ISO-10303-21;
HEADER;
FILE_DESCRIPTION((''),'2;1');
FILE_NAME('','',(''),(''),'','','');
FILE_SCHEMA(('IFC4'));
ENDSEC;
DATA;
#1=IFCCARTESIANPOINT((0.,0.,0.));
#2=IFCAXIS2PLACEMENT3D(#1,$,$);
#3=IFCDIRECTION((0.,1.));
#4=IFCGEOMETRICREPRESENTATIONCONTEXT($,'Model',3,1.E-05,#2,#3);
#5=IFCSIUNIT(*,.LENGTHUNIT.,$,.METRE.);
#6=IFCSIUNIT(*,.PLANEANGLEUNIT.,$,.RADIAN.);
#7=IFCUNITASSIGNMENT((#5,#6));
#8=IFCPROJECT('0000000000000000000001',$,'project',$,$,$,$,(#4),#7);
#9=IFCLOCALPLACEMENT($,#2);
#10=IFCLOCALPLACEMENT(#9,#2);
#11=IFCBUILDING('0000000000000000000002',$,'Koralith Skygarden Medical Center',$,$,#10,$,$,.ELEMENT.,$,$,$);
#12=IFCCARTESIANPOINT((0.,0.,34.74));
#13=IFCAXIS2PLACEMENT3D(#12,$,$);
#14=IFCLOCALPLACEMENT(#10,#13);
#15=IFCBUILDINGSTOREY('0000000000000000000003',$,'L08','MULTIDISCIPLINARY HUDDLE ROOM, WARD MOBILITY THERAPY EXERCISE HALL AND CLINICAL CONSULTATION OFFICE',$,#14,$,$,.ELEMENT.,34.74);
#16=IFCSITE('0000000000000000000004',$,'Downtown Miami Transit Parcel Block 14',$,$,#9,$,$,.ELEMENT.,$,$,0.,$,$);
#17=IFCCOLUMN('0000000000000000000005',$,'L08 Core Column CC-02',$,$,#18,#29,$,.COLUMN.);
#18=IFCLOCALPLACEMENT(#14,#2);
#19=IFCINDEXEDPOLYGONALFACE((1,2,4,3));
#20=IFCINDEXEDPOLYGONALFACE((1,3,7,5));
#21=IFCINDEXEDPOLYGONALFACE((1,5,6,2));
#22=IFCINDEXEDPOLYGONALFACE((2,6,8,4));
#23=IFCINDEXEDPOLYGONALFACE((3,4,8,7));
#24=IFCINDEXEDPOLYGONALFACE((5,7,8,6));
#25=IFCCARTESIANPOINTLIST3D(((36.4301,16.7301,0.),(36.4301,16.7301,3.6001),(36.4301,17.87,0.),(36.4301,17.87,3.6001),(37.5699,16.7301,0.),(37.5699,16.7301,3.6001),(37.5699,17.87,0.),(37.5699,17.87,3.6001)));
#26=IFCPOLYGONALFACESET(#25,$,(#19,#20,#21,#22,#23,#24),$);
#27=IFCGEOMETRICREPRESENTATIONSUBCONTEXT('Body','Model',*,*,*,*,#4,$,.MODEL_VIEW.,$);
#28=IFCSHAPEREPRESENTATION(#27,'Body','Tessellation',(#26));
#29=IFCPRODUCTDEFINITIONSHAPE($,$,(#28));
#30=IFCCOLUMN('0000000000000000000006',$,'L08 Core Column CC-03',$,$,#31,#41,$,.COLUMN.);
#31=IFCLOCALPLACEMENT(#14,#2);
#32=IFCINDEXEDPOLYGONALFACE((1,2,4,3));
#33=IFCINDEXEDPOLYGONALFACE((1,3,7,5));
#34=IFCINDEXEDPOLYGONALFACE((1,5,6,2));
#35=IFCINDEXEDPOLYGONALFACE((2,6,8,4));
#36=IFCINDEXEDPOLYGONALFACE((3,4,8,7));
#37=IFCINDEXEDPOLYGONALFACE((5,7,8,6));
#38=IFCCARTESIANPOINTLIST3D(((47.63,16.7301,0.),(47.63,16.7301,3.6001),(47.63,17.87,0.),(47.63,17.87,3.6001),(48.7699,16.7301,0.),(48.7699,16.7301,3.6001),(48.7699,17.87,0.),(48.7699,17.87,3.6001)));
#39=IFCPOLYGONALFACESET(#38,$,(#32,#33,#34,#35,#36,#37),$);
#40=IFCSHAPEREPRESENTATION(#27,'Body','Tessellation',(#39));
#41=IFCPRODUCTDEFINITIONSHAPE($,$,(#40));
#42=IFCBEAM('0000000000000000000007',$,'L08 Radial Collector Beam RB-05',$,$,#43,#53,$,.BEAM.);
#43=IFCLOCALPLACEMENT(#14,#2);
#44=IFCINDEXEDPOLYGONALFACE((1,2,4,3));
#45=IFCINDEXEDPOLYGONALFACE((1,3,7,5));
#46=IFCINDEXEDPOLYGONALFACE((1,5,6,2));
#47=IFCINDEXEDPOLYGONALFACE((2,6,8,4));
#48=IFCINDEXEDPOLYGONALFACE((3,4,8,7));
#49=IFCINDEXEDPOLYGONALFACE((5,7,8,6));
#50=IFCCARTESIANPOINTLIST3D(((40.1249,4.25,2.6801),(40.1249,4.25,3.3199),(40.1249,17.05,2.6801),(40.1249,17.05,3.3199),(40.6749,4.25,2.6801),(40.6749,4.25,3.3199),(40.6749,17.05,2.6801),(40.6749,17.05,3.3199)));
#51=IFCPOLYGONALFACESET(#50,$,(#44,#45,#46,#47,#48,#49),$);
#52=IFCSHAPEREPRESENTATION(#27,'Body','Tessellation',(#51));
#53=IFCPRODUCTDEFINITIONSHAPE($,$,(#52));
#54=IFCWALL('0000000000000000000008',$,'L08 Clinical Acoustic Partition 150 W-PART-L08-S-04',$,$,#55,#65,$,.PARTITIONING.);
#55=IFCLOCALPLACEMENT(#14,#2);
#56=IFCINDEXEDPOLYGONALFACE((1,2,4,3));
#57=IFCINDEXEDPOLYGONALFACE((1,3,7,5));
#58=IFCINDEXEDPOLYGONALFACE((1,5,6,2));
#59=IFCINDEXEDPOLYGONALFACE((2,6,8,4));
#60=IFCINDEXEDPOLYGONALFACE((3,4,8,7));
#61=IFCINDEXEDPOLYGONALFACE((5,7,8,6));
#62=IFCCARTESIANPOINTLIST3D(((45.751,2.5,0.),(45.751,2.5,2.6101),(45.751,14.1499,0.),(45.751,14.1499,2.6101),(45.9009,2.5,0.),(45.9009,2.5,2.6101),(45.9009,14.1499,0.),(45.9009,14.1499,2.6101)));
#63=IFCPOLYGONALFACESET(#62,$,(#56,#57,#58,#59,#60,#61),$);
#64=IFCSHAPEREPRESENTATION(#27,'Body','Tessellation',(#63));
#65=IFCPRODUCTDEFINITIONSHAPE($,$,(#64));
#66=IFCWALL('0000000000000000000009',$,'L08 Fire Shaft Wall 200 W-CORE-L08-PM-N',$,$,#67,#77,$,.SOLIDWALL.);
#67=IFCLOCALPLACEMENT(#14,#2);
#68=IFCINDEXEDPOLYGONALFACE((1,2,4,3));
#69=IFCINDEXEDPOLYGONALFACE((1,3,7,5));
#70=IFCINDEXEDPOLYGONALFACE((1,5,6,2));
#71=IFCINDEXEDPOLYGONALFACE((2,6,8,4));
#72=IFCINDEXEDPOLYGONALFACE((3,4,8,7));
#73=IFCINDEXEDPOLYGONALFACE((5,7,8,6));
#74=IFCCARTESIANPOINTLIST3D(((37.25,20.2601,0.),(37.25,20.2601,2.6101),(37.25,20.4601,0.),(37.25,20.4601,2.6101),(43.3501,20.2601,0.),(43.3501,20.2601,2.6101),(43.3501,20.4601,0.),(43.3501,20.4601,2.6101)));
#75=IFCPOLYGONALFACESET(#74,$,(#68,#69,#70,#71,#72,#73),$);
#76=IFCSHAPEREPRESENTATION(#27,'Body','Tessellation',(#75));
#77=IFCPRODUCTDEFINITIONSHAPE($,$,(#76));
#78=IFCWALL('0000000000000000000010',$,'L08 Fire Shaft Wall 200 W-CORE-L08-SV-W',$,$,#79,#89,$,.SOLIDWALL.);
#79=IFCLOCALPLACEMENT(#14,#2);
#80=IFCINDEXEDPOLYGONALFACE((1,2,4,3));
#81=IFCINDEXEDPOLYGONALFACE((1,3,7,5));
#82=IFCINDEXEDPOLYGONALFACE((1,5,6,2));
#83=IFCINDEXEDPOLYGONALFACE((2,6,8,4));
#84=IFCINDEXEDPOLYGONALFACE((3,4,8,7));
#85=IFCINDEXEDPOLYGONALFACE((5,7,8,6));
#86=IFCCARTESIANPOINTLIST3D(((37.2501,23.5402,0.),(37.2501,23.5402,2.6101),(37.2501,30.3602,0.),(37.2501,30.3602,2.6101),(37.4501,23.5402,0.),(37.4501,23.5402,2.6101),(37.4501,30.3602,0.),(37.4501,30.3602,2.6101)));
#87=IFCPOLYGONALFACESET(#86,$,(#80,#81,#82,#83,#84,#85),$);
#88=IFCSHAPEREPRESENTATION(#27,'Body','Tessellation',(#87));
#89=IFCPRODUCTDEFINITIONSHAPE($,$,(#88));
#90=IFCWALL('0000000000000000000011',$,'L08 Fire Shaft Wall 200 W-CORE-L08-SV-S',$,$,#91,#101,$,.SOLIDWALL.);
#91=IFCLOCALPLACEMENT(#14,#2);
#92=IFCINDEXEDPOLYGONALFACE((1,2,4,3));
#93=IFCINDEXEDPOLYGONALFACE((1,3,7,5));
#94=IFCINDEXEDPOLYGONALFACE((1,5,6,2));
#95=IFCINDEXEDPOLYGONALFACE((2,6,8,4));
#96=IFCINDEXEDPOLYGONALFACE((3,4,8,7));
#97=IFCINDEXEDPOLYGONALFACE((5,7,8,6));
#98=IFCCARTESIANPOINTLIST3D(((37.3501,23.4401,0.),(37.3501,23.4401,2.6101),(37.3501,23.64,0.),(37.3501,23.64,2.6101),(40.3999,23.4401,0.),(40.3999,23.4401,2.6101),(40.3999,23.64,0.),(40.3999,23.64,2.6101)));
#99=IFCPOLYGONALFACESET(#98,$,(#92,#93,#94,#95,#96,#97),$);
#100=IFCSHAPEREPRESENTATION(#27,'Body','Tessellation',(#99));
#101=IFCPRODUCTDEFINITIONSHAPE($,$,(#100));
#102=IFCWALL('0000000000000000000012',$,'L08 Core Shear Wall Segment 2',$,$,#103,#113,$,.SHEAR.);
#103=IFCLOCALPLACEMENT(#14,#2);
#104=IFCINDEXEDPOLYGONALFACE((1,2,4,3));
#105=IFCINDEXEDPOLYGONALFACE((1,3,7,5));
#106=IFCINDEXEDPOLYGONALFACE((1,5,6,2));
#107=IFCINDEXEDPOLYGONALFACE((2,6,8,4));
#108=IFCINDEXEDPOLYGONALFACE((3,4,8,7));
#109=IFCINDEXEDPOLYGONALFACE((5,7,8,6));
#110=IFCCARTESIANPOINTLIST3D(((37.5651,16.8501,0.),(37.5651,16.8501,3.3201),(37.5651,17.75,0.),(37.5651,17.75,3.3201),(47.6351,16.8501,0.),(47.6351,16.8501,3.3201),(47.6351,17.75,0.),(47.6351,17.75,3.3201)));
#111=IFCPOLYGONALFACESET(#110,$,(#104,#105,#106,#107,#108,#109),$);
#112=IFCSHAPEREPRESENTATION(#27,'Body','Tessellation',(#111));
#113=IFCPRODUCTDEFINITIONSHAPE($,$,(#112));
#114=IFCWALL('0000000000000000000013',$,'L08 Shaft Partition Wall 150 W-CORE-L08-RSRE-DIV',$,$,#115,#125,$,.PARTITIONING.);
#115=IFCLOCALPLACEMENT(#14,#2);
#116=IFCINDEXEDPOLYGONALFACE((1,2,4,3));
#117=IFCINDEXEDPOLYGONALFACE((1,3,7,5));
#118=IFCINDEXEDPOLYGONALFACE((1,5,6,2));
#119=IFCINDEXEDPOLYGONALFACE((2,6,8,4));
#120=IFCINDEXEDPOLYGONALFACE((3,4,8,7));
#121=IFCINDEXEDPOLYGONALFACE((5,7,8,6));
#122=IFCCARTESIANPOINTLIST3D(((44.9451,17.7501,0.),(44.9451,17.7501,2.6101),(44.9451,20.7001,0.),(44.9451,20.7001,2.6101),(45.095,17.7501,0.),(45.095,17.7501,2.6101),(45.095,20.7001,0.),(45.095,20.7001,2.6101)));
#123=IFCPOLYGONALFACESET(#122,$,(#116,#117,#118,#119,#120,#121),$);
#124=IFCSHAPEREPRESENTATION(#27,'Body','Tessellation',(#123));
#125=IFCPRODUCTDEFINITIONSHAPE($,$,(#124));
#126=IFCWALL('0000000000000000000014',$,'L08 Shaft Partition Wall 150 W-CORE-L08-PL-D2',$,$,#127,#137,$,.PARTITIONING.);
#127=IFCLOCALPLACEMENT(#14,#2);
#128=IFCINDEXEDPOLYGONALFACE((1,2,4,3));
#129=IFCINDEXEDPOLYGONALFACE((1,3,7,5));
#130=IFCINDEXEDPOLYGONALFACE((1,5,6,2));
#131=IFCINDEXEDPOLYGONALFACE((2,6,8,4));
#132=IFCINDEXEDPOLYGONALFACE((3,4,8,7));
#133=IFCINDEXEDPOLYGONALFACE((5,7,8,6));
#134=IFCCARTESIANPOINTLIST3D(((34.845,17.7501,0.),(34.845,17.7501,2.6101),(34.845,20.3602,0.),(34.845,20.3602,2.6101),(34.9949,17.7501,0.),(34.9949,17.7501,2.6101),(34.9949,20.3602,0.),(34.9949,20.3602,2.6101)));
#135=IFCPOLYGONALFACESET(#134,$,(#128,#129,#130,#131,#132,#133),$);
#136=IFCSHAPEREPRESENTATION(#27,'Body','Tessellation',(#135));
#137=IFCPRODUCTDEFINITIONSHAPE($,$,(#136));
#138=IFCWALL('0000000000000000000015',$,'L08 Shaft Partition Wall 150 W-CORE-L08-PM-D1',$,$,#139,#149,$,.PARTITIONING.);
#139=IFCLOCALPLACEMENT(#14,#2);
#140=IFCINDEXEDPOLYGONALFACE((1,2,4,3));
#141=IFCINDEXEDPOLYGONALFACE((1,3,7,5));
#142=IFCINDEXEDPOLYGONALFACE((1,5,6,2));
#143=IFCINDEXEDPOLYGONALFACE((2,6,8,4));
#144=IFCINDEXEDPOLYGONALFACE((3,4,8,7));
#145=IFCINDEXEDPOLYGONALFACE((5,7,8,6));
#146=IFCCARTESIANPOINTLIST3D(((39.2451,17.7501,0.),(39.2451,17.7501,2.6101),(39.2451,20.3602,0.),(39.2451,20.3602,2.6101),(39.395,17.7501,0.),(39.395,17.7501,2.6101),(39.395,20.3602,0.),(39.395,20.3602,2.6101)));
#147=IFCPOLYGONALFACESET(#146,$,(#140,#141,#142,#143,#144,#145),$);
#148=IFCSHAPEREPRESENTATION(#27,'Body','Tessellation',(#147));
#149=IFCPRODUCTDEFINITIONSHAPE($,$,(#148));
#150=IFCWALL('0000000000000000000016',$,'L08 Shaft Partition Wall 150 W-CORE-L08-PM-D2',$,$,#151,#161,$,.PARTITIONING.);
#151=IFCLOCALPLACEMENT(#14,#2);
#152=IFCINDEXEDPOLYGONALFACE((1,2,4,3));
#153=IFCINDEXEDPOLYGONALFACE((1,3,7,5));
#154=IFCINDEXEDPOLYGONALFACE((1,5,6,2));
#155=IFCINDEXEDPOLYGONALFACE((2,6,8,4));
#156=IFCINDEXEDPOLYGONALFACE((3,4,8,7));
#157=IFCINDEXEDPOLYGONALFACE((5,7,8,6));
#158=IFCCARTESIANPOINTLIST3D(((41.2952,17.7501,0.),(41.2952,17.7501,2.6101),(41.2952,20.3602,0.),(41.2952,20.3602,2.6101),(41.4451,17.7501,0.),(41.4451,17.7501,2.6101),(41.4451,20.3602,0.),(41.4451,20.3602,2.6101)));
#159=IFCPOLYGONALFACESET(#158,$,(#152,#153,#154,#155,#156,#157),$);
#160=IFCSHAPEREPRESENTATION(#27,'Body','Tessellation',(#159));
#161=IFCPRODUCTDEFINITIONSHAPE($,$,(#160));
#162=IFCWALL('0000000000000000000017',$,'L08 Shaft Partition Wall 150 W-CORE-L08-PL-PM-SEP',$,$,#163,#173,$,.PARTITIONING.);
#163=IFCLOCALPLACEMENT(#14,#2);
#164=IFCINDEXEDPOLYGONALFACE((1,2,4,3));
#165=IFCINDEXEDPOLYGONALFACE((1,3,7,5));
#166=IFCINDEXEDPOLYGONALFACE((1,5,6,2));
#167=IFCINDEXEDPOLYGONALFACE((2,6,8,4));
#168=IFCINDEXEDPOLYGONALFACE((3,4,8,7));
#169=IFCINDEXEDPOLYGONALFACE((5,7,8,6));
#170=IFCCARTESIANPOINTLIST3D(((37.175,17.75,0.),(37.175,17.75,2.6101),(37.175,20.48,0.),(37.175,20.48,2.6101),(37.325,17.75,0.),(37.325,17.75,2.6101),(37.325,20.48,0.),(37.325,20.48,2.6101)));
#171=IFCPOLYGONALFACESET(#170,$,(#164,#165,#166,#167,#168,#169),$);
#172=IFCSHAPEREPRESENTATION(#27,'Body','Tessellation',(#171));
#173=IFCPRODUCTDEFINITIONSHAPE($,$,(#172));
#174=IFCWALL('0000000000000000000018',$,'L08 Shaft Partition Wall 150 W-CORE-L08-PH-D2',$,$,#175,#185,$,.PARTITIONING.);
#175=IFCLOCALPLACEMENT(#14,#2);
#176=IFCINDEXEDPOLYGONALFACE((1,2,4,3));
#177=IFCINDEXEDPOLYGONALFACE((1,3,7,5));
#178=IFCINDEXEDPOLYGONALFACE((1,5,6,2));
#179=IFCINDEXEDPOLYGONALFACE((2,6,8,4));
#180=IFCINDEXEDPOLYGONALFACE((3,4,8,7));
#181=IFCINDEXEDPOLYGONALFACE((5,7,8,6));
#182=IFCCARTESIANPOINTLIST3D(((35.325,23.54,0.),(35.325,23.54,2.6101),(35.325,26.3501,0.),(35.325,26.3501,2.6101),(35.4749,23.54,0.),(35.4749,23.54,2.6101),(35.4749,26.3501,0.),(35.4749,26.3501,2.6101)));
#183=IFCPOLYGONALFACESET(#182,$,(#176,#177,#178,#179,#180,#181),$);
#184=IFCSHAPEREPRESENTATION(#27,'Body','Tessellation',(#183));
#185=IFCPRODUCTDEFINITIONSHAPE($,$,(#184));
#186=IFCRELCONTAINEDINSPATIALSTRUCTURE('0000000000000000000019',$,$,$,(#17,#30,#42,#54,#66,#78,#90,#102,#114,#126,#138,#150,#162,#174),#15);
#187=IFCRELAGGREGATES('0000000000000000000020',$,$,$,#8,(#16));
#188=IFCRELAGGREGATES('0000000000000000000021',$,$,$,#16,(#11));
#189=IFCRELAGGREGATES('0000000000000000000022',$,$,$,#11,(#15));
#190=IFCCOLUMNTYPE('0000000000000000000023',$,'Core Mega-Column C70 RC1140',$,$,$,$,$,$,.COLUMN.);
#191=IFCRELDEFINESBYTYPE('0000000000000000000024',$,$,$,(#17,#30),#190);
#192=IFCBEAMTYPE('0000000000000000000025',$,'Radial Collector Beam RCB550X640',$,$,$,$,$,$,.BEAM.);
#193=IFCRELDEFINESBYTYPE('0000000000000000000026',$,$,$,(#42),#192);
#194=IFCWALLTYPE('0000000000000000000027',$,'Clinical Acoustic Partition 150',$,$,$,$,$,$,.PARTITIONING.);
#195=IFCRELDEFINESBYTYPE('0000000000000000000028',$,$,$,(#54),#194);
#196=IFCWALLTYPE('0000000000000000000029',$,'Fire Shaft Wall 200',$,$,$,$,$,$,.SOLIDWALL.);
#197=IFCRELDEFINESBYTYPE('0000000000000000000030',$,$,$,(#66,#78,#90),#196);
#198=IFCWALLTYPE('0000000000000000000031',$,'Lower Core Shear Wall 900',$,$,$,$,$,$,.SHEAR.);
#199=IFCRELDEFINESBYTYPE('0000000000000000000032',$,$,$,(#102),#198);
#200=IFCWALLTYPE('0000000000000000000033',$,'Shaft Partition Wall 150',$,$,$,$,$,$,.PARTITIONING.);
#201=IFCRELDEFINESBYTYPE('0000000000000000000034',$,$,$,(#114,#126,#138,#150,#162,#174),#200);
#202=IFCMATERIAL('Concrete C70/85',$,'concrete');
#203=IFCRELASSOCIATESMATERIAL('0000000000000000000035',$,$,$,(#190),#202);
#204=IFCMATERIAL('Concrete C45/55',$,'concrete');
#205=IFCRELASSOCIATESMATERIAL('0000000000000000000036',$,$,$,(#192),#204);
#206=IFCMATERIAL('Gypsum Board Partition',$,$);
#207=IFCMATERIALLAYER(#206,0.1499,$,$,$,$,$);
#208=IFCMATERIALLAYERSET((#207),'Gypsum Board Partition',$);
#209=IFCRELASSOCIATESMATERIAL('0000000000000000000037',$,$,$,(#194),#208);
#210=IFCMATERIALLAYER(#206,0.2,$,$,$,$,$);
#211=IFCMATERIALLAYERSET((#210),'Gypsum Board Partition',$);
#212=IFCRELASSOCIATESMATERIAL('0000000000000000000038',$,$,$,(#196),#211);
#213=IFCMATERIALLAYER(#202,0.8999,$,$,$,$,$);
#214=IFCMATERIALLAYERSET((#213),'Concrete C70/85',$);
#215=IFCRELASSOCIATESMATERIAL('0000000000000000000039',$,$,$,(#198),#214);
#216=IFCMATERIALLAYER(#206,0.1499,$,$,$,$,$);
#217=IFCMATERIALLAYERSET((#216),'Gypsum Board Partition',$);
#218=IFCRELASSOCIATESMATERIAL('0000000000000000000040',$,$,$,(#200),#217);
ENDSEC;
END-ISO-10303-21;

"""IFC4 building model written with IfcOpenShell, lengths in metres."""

from ifc_helpers import new_model, si_unit, direction, frame, frame_2d, origin, origin_2d, place, context, subcontext, project, spatial, rectangle, extrude, material, layer, layer_set, material_profile, profile_set, type_object, element, save


model = new_model("IFC4")

# Units and contexts
model_context = context("Model", 3, precision=1e-05, world=origin(), true_north=direction((0.0, 1.0)))
body_context = subcontext(model_context, "Body", "Model", "MODEL_VIEW")
ifc_project = project(units=[si_unit("LENGTHUNIT", "METRE"), si_unit("PLANEANGLEUNIT", "RADIAN")], contexts=[model_context])

# Site, building, storey
site_placement = place(None, origin())
site = spatial("IfcSite", under=ifc_project, at=site_placement, Name="Downtown Miami Transit Parcel Block 14", CompositionType="ELEMENT", RefElevation=0.0)
building_placement = place(site_placement, origin())
building = spatial("IfcBuilding", under=site, at=building_placement, Name="Koralith Skygarden Medical Center", CompositionType="ELEMENT")
storey_placement = place(building_placement, frame((0.0, 0.0, 34.74)))
storey = spatial("IfcBuildingStorey", under=building, at=storey_placement, Name="L08", Description="MULTIDISCIPLINARY HUDDLE ROOM, WARD MOBILITY THERAPY EXERCISE HALL AND CLINICAL CONSULTATION OFFICE", CompositionType="ELEMENT", Elevation=34.74)

# Columns
ifc_material_1 = material(Name="Concrete C70/85", Category="concrete")
ifc_material_profile_1 = material_profile(ifc_material_1, rectangle(XDim=1.1399, YDim=1.1399, at=origin_2d()), Name="RC1140X1140")
ifc_profile_set_1 = profile_set([ifc_material_profile_1], Name="Concrete C70/85")
column_type = type_object("IfcColumnType", Name="Core Mega-Column C70 RC1140", PredefinedType="COLUMN", material=ifc_profile_set_1)
for number, where, z_axis, x_axis, name in (
    (1, (37.0, 17.3, 0.0), (0.0, 0.0, 1.0), (1.0, 0.0, 0.0), "L08 Core Column CC-02"),
    (2, (48.2, 17.3, 0.0), (0.0, 0.0, 1.0), (1.0, 0.0, 0.0), "L08 Core Column CC-03"),
):
    element("IfcColumn", number, at=place(storey_placement, frame(where, z_axis=z_axis, x_axis=x_axis)), inside=storey, type_object=column_type, Name=name, PredefinedType="COLUMN", context=body_context, shape_type="SweptSolid", body=[
        extrude(rectangle(XDim=1.1399, YDim=1.1399, at=origin_2d()), origin(), (0.0, 0.0, 1.0), 3.6001),
    ])

# Beam
ifc_material_2 = material(Name="Concrete C45/55", Category="concrete")
ifc_material_profile_2 = material_profile(ifc_material_2, rectangle(XDim=0.55, YDim=0.6399, at=origin_2d()), Name="RCB550X640")
ifc_profile_set_2 = profile_set([ifc_material_profile_2], Name="Concrete C45/55")
beam_type = type_object("IfcBeamType", Name="Radial Collector Beam RCB550X640", PredefinedType="BEAM", material=ifc_profile_set_2)
beam_placement = place(storey_placement, frame((40.3999, 17.05, 3.0), z_axis=(0.0, -1.0, 0.0), x_axis=(1.0, 0.0, 0.0)))
element("IfcBeam", 3, at=beam_placement, inside=storey, type_object=beam_type, Name="L08 Radial Collector Beam RB-05", PredefinedType="BEAM", context=body_context, shape_type="SweptSolid", body=[
    extrude(rectangle(XDim=0.55, YDim=0.6399, at=origin_2d()), origin(), (0.0, 0.0, 1.0), 12.8),
])

# Wall
ifc_material_3 = material(Name="Gypsum Board Partition")
ifc_layer_1 = layer(ifc_material_3, 0.1499)
ifc_layer_set_1 = layer_set([ifc_layer_1], Name="Gypsum Board Partition")
wall_type_1 = type_object("IfcWallType", Name="Clinical Acoustic Partition 150", PredefinedType="PARTITIONING", material=ifc_layer_set_1)
wall_1_placement = place(storey_placement, frame((45.8259, 14.1499, 0.0), z_axis=(0.0, 0.0, 1.0), x_axis=(0.0, -1.0, 0.0)))
element("IfcWall", 4, at=wall_1_placement, inside=storey, type_object=wall_type_1, Name="L08 Clinical Acoustic Partition 150 W-PART-L08-S-04", PredefinedType="PARTITIONING", context=body_context, shape_type="SweptSolid", body=[
    extrude(rectangle(XDim=11.6499, YDim=0.1499, at=frame_2d((5.825, 0.0))), origin(), (0.0, 0.0, 1.0), 2.6101),
])

# Shared definitions
ifc_layer_2 = layer(ifc_material_3, 0.2)
ifc_layer_set_2 = layer_set([ifc_layer_2], Name="Gypsum Board Partition")
wall_type_2 = type_object("IfcWallType", Name="Fire Shaft Wall 200", PredefinedType="SOLIDWALL", material=ifc_layer_set_2)

# Walls
wall_2_placement = place(storey_placement, frame((37.25, 20.3601, 0.0), z_axis=(0.0, 0.0, 1.0), x_axis=(1.0, 0.0, 0.0)))
element("IfcWall", 5, at=wall_2_placement, inside=storey, type_object=wall_type_2, Name="L08 Fire Shaft Wall 200 W-CORE-L08-PM-N", PredefinedType="SOLIDWALL", context=body_context, shape_type="SweptSolid", body=[
    extrude(rectangle(XDim=6.1001, YDim=0.2, at=frame_2d((3.05, 0.0))), origin(), (0.0, 0.0, 1.0), 2.6101),
])
wall_3_placement = place(storey_placement, frame((37.3501, 23.54, 0.0), z_axis=(0.0, 0.0, 1.0), x_axis=(0.0, 1.0, 0.0)))
element("IfcWall", 6, at=wall_3_placement, inside=storey, type_object=wall_type_2, Name="L08 Fire Shaft Wall 200 W-CORE-L08-SV-W", PredefinedType="SOLIDWALL", context=body_context, shape_type="SweptSolid", body=[
    extrude(rectangle(XDim=6.8201, YDim=0.2, at=frame_2d((3.4102, 0.0))), origin(), (0.0, 0.0, 1.0), 2.6101),
])
wall_4_placement = place(storey_placement, frame((37.3501, 23.54, 0.0), z_axis=(0.0, 0.0, 1.0), x_axis=(1.0, 0.0, 0.0)))
element("IfcWall", 7, at=wall_4_placement, inside=storey, type_object=wall_type_2, Name="L08 Fire Shaft Wall 200 W-CORE-L08-SV-S", PredefinedType="SOLIDWALL", context=body_context, shape_type="SweptSolid", body=[
    extrude(rectangle(XDim=3.0498, YDim=0.2, at=frame_2d((1.5249, 0.0))), origin(), (0.0, 0.0, 1.0), 2.6101),
])
ifc_layer_3 = layer(ifc_material_1, 0.8999)
ifc_layer_set_3 = layer_set([ifc_layer_3], Name="Concrete C70/85")
wall_type_3 = type_object("IfcWallType", Name="Lower Core Shear Wall 900", PredefinedType="SHEAR", material=ifc_layer_set_3)
wall_5_placement = place(storey_placement, frame((37.5649, 17.3, 0.0), z_axis=(0.0, 0.0, 1.0), x_axis=(1.0, 0.0, 0.0)))
element("IfcWall", 8, at=wall_5_placement, inside=storey, type_object=wall_type_3, Name="L08 Core Shear Wall Segment 2", PredefinedType="SHEAR", context=body_context, shape_type="SweptSolid", body=[
    extrude(rectangle(XDim=10.0701, YDim=0.8999, at=frame_2d((5.0352, 0.0))), origin(), (0.0, 0.0, 1.0), 3.3201),
])
ifc_layer_4 = layer(ifc_material_3, 0.1499)
ifc_layer_set_4 = layer_set([ifc_layer_4], Name="Gypsum Board Partition")
wall_type_4 = type_object("IfcWallType", Name="Shaft Partition Wall 150", PredefinedType="PARTITIONING", material=ifc_layer_set_4)
wall_6_placement = place(storey_placement, frame((45.02, 17.75, 0.0), z_axis=(0.0, 0.0, 1.0), x_axis=(0.0, 1.0, 0.0)))
element("IfcWall", 9, at=wall_6_placement, inside=storey, type_object=wall_type_4, Name="L08 Shaft Partition Wall 150 W-CORE-L08-RSRE-DIV", PredefinedType="PARTITIONING", context=body_context, shape_type="SweptSolid", body=[
    extrude(rectangle(XDim=2.95, YDim=0.1499, at=frame_2d((1.4751, 0.0))), origin(), (0.0, 0.0, 1.0), 2.6101),
])
for number, where, z_axis, x_axis, name in (
    (10, (34.9199, 17.75, 0.0), (0.0, 0.0, 1.0), (0.0, 1.0, 0.0), "L08 Shaft Partition Wall 150 W-CORE-L08-PL-D2"),
    (11, (39.3201, 17.75, 0.0), (0.0, 0.0, 1.0), (0.0, 1.0, 0.0), "L08 Shaft Partition Wall 150 W-CORE-L08-PM-D1"),
    (12, (41.3701, 17.75, 0.0), (0.0, 0.0, 1.0), (0.0, 1.0, 0.0), "L08 Shaft Partition Wall 150 W-CORE-L08-PM-D2"),
):
    element("IfcWall", number, at=place(storey_placement, frame(where, z_axis=z_axis, x_axis=x_axis)), inside=storey, type_object=wall_type_4, Name=name, PredefinedType="PARTITIONING", context=body_context, shape_type="SweptSolid", body=[
        extrude(rectangle(XDim=2.6101, YDim=0.1499, at=frame_2d((1.3052, 0.0))), origin(), (0.0, 0.0, 1.0), 2.6101),
    ])
wall_7_placement = place(storey_placement, frame((37.25, 17.75, 0.0), z_axis=(0.0, 0.0, 1.0), x_axis=(0.0, 1.0, 0.0)))
element("IfcWall", 13, at=wall_7_placement, inside=storey, type_object=wall_type_4, Name="L08 Shaft Partition Wall 150 W-CORE-L08-PL-PM-SEP", PredefinedType="PARTITIONING", context=body_context, shape_type="SweptSolid", body=[
    extrude(rectangle(XDim=2.73, YDim=0.1499, at=frame_2d((1.365, 0.0))), origin(), (0.0, 0.0, 1.0), 2.6101),
])
wall_8_placement = place(storey_placement, frame((35.3999, 23.54, 0.0), z_axis=(0.0, 0.0, 1.0), x_axis=(0.0, 1.0, 0.0)))
element("IfcWall", 14, at=wall_8_placement, inside=storey, type_object=wall_type_4, Name="L08 Shaft Partition Wall 150 W-CORE-L08-PH-D2", PredefinedType="PARTITIONING", context=body_context, shape_type="SweptSolid", body=[
    extrude(rectangle(XDim=2.8101, YDim=0.1499, at=frame_2d((1.405, 0.0))), origin(), (0.0, 0.0, 1.0), 2.6101),
])

save(model, "model.ifc")
